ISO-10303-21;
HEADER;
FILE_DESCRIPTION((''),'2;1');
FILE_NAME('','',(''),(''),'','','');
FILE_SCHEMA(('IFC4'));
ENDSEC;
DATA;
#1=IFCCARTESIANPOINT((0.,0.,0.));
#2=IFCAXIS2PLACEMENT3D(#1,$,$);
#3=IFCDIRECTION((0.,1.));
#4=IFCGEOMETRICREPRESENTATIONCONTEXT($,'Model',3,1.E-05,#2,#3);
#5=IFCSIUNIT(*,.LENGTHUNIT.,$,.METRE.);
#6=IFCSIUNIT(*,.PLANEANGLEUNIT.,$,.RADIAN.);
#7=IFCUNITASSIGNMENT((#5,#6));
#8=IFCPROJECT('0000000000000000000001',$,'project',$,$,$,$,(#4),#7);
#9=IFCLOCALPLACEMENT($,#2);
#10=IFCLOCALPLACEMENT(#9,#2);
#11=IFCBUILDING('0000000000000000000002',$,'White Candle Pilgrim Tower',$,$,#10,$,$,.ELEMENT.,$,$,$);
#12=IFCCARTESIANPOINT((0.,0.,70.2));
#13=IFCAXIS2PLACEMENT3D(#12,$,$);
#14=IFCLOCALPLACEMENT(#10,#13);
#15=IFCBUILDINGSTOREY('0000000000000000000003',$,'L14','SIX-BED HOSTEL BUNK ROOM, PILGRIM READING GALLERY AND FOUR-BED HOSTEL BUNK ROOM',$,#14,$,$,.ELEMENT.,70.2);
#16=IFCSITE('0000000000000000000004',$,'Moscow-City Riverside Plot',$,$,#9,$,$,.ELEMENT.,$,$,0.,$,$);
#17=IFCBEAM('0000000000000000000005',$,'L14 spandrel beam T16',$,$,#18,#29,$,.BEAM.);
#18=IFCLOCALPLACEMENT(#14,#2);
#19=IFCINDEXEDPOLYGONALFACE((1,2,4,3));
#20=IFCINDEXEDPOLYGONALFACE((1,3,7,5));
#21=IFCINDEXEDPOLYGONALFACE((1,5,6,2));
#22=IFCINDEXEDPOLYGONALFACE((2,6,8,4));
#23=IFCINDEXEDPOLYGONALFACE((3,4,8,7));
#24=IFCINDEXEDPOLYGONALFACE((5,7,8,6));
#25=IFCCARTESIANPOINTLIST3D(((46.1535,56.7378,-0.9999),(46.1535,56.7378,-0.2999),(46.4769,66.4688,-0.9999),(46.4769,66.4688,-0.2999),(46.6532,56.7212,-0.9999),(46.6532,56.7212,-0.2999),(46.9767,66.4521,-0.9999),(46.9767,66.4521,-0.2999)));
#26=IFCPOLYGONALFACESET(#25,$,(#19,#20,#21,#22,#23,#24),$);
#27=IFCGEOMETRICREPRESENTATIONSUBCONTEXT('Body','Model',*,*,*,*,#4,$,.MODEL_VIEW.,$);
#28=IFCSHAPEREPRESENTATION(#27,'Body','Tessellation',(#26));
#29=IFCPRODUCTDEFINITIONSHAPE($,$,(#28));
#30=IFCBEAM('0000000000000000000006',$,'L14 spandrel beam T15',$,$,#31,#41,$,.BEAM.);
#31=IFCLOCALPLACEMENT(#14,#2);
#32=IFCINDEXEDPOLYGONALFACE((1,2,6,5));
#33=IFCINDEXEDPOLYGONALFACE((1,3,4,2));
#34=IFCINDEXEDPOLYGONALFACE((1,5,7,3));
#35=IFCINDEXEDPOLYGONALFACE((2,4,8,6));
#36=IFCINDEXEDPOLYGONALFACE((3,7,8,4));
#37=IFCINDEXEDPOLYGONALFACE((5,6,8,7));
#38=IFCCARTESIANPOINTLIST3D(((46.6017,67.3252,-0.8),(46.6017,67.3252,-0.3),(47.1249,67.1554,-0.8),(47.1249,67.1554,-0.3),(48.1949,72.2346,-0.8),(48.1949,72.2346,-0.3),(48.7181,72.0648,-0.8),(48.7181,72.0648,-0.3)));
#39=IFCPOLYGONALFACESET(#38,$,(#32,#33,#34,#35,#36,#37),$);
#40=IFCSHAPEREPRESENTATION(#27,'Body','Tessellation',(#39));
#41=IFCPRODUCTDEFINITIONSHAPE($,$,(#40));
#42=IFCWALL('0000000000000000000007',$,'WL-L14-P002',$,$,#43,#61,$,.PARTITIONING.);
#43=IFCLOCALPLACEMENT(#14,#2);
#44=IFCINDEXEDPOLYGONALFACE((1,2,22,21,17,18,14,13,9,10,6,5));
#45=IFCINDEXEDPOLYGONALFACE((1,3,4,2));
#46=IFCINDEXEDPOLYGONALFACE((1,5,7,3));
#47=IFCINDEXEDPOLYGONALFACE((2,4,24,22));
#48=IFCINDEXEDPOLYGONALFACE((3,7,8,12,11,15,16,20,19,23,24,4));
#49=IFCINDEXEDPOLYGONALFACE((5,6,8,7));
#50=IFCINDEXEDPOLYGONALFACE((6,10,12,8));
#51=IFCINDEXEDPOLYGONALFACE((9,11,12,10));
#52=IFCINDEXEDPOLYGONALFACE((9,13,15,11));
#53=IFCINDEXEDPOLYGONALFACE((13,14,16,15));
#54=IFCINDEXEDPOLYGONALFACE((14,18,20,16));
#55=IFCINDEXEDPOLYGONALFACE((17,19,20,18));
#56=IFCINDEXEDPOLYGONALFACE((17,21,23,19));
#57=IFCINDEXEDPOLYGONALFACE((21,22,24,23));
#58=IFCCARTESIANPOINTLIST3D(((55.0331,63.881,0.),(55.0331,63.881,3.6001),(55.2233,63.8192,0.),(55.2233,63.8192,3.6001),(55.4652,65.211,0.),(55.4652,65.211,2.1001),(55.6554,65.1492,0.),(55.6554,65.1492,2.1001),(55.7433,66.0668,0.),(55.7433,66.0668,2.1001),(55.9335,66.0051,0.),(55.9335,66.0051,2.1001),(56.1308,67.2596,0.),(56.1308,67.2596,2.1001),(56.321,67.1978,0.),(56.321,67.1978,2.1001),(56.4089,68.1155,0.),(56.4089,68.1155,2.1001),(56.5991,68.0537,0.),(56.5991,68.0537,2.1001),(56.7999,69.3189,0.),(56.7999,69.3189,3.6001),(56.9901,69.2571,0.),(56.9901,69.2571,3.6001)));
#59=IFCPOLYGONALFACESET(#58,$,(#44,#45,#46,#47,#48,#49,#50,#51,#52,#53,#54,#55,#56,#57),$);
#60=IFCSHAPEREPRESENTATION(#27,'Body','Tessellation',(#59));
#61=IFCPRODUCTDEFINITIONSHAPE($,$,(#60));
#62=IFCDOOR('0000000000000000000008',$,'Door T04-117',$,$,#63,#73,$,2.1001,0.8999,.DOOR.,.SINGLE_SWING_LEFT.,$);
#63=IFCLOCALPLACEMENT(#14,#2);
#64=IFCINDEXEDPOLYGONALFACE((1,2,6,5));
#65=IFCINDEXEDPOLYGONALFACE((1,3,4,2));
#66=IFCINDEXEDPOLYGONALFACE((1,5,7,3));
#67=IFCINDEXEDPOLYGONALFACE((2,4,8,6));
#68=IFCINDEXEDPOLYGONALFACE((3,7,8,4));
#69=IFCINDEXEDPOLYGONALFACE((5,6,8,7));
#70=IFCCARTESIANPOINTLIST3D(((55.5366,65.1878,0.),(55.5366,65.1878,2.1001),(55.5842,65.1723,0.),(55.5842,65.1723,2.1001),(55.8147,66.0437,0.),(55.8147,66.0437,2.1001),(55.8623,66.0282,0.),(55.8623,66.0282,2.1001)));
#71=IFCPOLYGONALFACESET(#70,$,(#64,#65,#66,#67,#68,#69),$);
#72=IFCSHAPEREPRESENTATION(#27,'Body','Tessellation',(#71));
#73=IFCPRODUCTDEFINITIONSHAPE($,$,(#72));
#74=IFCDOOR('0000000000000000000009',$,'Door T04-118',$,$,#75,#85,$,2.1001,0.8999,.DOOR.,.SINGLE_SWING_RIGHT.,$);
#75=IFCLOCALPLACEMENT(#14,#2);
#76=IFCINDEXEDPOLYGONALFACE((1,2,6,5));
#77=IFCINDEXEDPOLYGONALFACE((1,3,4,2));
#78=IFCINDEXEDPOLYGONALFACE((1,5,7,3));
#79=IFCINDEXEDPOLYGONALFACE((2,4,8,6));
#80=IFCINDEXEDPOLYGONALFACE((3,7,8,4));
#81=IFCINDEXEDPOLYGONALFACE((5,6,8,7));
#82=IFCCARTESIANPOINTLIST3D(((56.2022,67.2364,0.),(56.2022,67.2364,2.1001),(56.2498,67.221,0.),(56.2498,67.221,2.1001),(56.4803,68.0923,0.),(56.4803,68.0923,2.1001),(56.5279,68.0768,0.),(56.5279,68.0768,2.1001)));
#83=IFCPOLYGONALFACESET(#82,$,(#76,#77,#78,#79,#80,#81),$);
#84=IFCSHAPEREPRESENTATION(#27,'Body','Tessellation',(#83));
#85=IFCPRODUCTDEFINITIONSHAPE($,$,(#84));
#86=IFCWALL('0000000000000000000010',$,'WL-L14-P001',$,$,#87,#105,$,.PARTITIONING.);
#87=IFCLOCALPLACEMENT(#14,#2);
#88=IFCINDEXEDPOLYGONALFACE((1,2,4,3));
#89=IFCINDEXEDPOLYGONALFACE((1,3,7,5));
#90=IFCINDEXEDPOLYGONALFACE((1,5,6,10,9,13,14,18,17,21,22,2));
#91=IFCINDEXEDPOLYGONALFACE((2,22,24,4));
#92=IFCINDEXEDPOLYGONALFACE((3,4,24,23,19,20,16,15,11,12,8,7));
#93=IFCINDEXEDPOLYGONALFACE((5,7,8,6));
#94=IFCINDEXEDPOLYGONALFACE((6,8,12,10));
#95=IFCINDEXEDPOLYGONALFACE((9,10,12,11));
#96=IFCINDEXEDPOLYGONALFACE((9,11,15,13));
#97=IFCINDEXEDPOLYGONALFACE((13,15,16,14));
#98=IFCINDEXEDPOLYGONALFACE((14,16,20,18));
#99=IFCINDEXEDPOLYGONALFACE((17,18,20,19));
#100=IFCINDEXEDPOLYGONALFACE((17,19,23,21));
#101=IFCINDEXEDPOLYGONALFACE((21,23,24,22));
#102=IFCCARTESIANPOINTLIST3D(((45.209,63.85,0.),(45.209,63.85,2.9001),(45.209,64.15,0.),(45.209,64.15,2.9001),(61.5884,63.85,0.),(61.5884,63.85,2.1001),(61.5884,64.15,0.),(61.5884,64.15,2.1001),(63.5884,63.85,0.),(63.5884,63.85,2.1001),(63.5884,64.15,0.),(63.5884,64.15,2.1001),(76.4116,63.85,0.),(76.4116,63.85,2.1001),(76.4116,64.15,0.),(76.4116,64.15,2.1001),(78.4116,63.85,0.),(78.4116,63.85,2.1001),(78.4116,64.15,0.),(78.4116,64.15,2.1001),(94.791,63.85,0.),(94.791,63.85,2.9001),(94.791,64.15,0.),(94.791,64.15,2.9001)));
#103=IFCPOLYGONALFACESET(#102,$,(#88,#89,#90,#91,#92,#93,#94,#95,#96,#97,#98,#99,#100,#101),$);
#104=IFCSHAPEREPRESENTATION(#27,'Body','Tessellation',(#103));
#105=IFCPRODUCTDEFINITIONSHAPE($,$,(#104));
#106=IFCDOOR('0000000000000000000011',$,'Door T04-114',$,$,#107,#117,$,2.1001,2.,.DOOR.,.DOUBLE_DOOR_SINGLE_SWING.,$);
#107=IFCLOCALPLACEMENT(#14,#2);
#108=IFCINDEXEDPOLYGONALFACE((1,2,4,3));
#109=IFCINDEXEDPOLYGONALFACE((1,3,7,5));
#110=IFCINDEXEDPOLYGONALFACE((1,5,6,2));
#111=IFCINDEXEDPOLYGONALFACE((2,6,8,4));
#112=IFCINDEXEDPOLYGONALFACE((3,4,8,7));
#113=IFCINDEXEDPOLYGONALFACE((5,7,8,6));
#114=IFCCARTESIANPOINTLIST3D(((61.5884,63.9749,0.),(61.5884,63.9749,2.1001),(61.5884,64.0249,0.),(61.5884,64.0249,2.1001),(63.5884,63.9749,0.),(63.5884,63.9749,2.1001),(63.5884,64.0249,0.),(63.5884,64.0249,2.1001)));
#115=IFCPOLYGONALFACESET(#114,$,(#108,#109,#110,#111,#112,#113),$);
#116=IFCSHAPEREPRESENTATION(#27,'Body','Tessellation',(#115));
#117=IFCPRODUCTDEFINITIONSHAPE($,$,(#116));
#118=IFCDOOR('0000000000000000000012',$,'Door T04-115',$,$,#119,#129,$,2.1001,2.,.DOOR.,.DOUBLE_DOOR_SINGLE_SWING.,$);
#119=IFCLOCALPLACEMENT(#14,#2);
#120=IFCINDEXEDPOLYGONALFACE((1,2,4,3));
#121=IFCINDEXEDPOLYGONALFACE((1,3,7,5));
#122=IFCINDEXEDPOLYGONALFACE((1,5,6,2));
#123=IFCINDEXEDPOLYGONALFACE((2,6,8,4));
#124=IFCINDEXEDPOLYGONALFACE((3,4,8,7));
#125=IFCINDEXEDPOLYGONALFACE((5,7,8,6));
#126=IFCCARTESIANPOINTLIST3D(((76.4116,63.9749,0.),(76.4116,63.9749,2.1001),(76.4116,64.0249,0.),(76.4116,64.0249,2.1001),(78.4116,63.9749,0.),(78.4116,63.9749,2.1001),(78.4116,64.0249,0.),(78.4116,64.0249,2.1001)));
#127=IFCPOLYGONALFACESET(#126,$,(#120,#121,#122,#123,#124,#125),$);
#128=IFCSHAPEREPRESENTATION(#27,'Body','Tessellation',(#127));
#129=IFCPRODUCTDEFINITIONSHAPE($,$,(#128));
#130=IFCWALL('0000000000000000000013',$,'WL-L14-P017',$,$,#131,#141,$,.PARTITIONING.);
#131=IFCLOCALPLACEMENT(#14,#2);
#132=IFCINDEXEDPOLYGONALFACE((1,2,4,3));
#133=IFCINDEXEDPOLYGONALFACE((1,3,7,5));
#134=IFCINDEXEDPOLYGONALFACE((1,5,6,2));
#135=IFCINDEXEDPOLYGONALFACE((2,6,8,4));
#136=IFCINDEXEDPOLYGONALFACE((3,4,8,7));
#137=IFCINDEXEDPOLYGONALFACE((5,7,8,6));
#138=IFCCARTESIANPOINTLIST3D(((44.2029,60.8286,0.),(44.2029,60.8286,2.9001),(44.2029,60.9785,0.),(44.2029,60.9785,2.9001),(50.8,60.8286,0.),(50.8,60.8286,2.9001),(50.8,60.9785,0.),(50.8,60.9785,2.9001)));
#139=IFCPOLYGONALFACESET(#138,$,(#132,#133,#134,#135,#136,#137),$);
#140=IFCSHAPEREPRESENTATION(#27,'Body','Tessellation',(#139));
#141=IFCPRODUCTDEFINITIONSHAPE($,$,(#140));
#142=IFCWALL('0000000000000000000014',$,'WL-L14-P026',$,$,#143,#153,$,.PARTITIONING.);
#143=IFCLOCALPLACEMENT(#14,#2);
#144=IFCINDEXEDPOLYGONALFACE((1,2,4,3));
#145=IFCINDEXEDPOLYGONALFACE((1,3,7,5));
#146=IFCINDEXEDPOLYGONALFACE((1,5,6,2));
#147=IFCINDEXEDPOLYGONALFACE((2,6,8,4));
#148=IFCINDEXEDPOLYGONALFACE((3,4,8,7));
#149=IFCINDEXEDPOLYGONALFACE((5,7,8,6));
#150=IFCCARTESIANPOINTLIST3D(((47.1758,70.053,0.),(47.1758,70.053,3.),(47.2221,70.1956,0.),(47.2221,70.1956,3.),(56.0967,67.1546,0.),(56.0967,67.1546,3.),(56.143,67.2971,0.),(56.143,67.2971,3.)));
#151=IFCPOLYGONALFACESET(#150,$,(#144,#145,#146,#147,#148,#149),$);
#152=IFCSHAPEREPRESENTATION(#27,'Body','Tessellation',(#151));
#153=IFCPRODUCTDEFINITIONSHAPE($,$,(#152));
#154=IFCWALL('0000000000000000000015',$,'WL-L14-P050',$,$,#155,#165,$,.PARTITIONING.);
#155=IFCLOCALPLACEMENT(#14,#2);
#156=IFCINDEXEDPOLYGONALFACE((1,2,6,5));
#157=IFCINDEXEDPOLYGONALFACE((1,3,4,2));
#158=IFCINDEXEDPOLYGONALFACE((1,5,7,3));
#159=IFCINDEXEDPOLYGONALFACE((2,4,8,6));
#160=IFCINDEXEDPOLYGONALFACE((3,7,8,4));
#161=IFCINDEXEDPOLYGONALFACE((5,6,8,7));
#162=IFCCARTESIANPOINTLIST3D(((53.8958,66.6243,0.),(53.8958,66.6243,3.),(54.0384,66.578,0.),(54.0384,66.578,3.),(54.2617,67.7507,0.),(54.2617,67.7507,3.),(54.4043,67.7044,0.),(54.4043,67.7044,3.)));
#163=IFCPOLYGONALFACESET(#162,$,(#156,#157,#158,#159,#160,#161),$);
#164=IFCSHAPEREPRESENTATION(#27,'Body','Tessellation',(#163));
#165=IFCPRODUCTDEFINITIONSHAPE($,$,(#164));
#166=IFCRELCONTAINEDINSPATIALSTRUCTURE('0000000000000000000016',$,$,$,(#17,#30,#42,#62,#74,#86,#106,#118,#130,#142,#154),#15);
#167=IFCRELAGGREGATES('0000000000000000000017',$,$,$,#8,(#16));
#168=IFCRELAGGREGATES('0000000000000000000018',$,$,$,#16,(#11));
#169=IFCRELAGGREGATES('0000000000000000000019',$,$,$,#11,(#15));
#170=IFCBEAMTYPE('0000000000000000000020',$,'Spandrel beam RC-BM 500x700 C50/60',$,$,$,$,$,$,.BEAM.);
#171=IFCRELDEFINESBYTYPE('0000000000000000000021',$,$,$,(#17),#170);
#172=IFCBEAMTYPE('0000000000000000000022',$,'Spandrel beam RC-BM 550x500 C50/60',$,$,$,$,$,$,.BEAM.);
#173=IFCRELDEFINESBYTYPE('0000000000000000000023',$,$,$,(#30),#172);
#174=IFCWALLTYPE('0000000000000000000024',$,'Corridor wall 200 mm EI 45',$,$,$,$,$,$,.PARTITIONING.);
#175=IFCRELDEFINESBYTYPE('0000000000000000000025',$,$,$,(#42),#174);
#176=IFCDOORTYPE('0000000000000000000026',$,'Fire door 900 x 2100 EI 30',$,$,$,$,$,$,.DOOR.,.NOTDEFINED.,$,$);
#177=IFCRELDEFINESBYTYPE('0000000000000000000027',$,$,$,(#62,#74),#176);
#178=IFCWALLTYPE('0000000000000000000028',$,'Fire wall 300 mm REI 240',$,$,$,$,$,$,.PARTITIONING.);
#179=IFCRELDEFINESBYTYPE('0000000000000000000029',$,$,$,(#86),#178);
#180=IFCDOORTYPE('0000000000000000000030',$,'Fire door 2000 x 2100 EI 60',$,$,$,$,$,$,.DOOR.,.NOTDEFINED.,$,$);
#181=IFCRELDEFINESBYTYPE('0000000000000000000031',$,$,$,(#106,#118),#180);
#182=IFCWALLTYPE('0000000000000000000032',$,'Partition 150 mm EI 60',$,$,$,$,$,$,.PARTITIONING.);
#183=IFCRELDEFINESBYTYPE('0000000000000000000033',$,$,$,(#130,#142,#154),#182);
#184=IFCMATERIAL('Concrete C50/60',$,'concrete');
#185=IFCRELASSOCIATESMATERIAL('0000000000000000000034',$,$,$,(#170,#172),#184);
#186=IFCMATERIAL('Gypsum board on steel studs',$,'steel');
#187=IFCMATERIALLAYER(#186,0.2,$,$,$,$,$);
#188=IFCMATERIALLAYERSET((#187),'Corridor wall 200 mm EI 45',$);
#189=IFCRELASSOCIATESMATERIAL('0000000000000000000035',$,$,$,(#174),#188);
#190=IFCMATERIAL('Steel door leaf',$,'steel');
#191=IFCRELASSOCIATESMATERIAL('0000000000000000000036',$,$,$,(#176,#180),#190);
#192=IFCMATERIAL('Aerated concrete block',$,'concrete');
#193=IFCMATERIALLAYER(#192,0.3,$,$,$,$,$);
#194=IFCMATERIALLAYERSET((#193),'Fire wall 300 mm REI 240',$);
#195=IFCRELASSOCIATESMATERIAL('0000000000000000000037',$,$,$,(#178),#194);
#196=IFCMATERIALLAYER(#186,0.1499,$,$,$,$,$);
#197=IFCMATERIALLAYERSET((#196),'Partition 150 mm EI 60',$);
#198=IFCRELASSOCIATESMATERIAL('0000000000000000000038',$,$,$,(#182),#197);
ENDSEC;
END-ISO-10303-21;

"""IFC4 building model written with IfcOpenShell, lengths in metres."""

from ifc_helpers import new_model, si_unit, direction, frame, frame_2d, origin, origin_2d, place, context, subcontext, project, spatial, rectangle, extrude, material, layer, layer_set, material_profile, profile_set, type_object, element, fill, save


model = new_model("IFC4")

# Units and contexts
model_context = context("Model", 3, precision=1e-05, world=origin(), true_north=direction((0.0, 1.0)))
body_context = subcontext(model_context, "Body", "Model", "MODEL_VIEW")
ifc_project = project(units=[si_unit("LENGTHUNIT", "METRE"), si_unit("PLANEANGLEUNIT", "RADIAN")], contexts=[model_context])

# Site, building, storey
site_placement = place(None, origin())
site = spatial("IfcSite", under=ifc_project, at=site_placement, Name="Moscow-City Riverside Plot", CompositionType="ELEMENT", RefElevation=0.0)
building_placement = place(site_placement, origin())
building = spatial("IfcBuilding", under=site, at=building_placement, Name="White Candle Pilgrim Tower", CompositionType="ELEMENT")
storey_placement = place(building_placement, frame((0.0, 0.0, 70.2)))
storey = spatial("IfcBuildingStorey", under=building, at=storey_placement, Name="L14", Description="SIX-BED HOSTEL BUNK ROOM, PILGRIM READING GALLERY AND FOUR-BED HOSTEL BUNK ROOM", CompositionType="ELEMENT", Elevation=70.2)

# Beams
ifc_material_1 = material(Name="Concrete C50/60", Category="concrete")
ifc_material_profile_1 = material_profile(ifc_material_1, rectangle(XDim=0.5, YDim=0.7, at=origin_2d()), Name="RC-BM 500x700")
ifc_profile_set_1 = profile_set([ifc_material_profile_1], Name="Concrete C50/60")
beam_type_1 = type_object("IfcBeamType", Name="Spandrel beam RC-BM 500x700 C50/60", PredefinedType="BEAM", material=ifc_profile_set_1)
beam_1_placement = place(storey_placement, frame((46.7268, 66.4604, -0.6499), z_axis=(-0.033225, -0.999448, 0.0), x_axis=(0.999448, -0.033225, 0.0)))
element("IfcBeam", 1, at=beam_1_placement, inside=storey, type_object=beam_type_1, Name="L14 spandrel beam T16", PredefinedType="BEAM", context=body_context, shape_type="SweptSolid", body=[
    extrude(rectangle(XDim=0.5, YDim=0.7, at=origin_2d()), origin(), (0.0, 0.0, 1.0), 9.7363),
])
ifc_material_profile_2 = material_profile(ifc_material_1, rectangle(XDim=0.55, YDim=0.5, at=origin_2d()), Name="RC-BM 550x500")
ifc_profile_set_2 = profile_set([ifc_material_profile_2], Name="Concrete C50/60")
beam_type_2 = type_object("IfcBeamType", Name="Spandrel beam RC-BM 550x500 C50/60", PredefinedType="BEAM", material=ifc_profile_set_2)
beam_2_placement = place(storey_placement, frame((48.4565, 72.1497, -0.55), z_axis=(-0.308683, -0.951165, 0.0), x_axis=(0.951165, -0.308683, 0.0)))
element("IfcBeam", 2, at=beam_2_placement, inside=storey, type_object=beam_type_2, Name="L14 spandrel beam T15", PredefinedType="BEAM", context=body_context, shape_type="SweptSolid", body=[
    extrude(rectangle(XDim=0.55, YDim=0.5, at=origin_2d()), origin(), (0.0, 0.0, 1.0), 5.1614),
])

# Walls, openings, doors
ifc_material_2 = material(Name="Gypsum board on steel studs", Category="steel")
ifc_layer_1 = layer(ifc_material_2, 0.2)
ifc_layer_set_1 = layer_set([ifc_layer_1], Name="Corridor wall 200 mm EI 45")
wall_type_1 = type_object("IfcWallType", Name="Corridor wall 200 mm EI 45", PredefinedType="PARTITIONING", material=ifc_layer_set_1)
wall_1_placement = place(storey_placement, frame((55.1282, 63.8501, 0.0), z_axis=(0.0, 0.0, 1.0), x_axis=(0.309007, 0.95106, 0.0)))
wall_1 = element("IfcWall", 3, at=wall_1_placement, inside=storey, type_object=wall_type_1, Name="WL-L14-P002", PredefinedType="PARTITIONING", context=body_context, shape_type="SweptSolid", body=[
    extrude(rectangle(XDim=5.7178, YDim=0.2, at=frame_2d((2.8589, 0.0))), origin(), (0.0, 0.0, 1.0), 3.6001),
])
opening_1_placement = place(wall_1_placement, frame((1.3984, 0.0, 0.0)))
opening_1 = element("IfcOpeningElement", 4, at=opening_1_placement, cuts=wall_1, PredefinedType="OPENING", context=body_context, shape_type="SweptSolid", body=[
    extrude(rectangle(XDim=0.8999, YDim=2.1001, at=frame_2d((0.45, 1.05))), frame((0.0, 0.1099, 0.0), z_axis=(0.0, -1.0, 0.0), x_axis=(1.0, 0.0, 0.0)), (0.0, 0.0, 1.0), 0.22),
])
opening_2_placement = place(wall_1_placement, frame((3.5525, 0.0, 0.0)))
opening_2 = element("IfcOpeningElement", 5, at=opening_2_placement, cuts=wall_1, PredefinedType="OPENING", context=body_context, shape_type="SweptSolid", body=[
    extrude(rectangle(XDim=0.8999, YDim=2.1001, at=frame_2d((0.45, 1.05))), frame((0.0, 0.1099, 0.0), z_axis=(0.0, -1.0, 0.0), x_axis=(1.0, 0.0, 0.0)), (0.0, 0.0, 1.0), 0.22),
])
ifc_material_3 = material(Name="Steel door leaf", Category="steel")
door_type_1 = type_object("IfcDoorType", Name="Fire door 900 x 2100 EI 30", OperationType="NOTDEFINED", PredefinedType="DOOR", material=ifc_material_3)
door_1_placement = place(opening_1_placement, origin())
door_1 = element("IfcDoor", 6, at=door_1_placement, inside=storey, type_object=door_type_1, Name="Door T04-117", OperationType="SINGLE_SWING_LEFT", OverallHeight=2.1001, OverallWidth=0.8999, PredefinedType="DOOR", context=body_context, shape_type="SweptSolid", body=[
    extrude(rectangle(XDim=0.8999, YDim=2.1001, at=frame_2d((0.45, 1.05))), frame((0.0, 0.0249, 0.0), z_axis=(0.0, -1.0, 0.0), x_axis=(1.0, 0.0, 0.0)), (0.0, 0.0, 1.0), 0.05),
])
fill(opening_1, door_1)
door_2_placement = place(opening_2_placement, origin())
door_2 = element("IfcDoor", 7, at=door_2_placement, inside=storey, type_object=door_type_1, Name="Door T04-118", OperationType="SINGLE_SWING_RIGHT", OverallHeight=2.1001, OverallWidth=0.8999, PredefinedType="DOOR", context=body_context, shape_type="SweptSolid", body=[
    extrude(rectangle(XDim=0.8999, YDim=2.1001, at=frame_2d((0.45, 1.05))), frame((0.0, 0.0249, 0.0), z_axis=(0.0, -1.0, 0.0), x_axis=(1.0, 0.0, 0.0)), (0.0, 0.0, 1.0), 0.05),
])
fill(opening_2, door_2)
ifc_material_4 = material(Name="Aerated concrete block", Category="concrete")
ifc_layer_2 = layer(ifc_material_4, 0.3)
ifc_layer_set_2 = layer_set([ifc_layer_2], Name="Fire wall 300 mm REI 240")
wall_type_2 = type_object("IfcWallType", Name="Fire wall 300 mm REI 240", PredefinedType="PARTITIONING", material=ifc_layer_set_2)
wall_2_placement = place(storey_placement, frame((45.209, 64.0, 0.0), z_axis=(0.0, 0.0, 1.0), x_axis=(1.0, 0.0, 0.0)))
wall_2 = element("IfcWall", 8, at=wall_2_placement, inside=storey, type_object=wall_type_2, Name="WL-L14-P001", PredefinedType="PARTITIONING", context=body_context, shape_type="SweptSolid", body=[
    extrude(rectangle(XDim=49.582, YDim=0.3, at=frame_2d((24.791, 0.0))), origin(), (0.0, 0.0, 1.0), 2.9001),
])
opening_3_placement = place(wall_2_placement, frame((16.3794, 0.0, 0.0)))
opening_3 = element("IfcOpeningElement", 9, at=opening_3_placement, cuts=wall_2, PredefinedType="OPENING", context=body_context, shape_type="SweptSolid", body=[
    extrude(rectangle(XDim=2.0, YDim=2.1001, at=frame_2d((1.0, 1.05))), frame((0.0, 0.1599, 0.0), z_axis=(0.0, -1.0, 0.0), x_axis=(1.0, 0.0, 0.0)), (0.0, 0.0, 1.0), 0.3201),
])
opening_4_placement = place(wall_2_placement, frame((31.2026, 0.0, 0.0)))
opening_4 = element("IfcOpeningElement", 10, at=opening_4_placement, cuts=wall_2, PredefinedType="OPENING", context=body_context, shape_type="SweptSolid", body=[
    extrude(rectangle(XDim=2.0, YDim=2.1001, at=frame_2d((1.0, 1.05))), frame((0.0, 0.1599, 0.0), z_axis=(0.0, -1.0, 0.0), x_axis=(1.0, 0.0, 0.0)), (0.0, 0.0, 1.0), 0.3201),
])
door_type_2 = type_object("IfcDoorType", Name="Fire door 2000 x 2100 EI 60", OperationType="NOTDEFINED", PredefinedType="DOOR", material=ifc_material_3)
door_3_placement = place(opening_3_placement, origin())
door_3 = element("IfcDoor", 11, at=door_3_placement, inside=storey, type_object=door_type_2, Name="Door T04-114", OperationType="DOUBLE_DOOR_SINGLE_SWING", OverallHeight=2.1001, OverallWidth=2.0, PredefinedType="DOOR", context=body_context, shape_type="SweptSolid", body=[
    extrude(rectangle(XDim=2.0, YDim=2.1001, at=frame_2d((1.0, 1.05))), frame((0.0, 0.0249, 0.0), z_axis=(0.0, -1.0, 0.0), x_axis=(1.0, 0.0, 0.0)), (0.0, 0.0, 1.0), 0.05),
])
fill(opening_3, door_3)
door_4_placement = place(opening_4_placement, origin())
door_4 = element("IfcDoor", 12, at=door_4_placement, inside=storey, type_object=door_type_2, Name="Door T04-115", OperationType="DOUBLE_DOOR_SINGLE_SWING", OverallHeight=2.1001, OverallWidth=2.0, PredefinedType="DOOR", context=body_context, shape_type="SweptSolid", body=[
    extrude(rectangle(XDim=2.0, YDim=2.1001, at=frame_2d((1.0, 1.05))), frame((0.0, 0.0249, 0.0), z_axis=(0.0, -1.0, 0.0), x_axis=(1.0, 0.0, 0.0)), (0.0, 0.0, 1.0), 0.05),
])
fill(opening_4, door_4)

# Walls
ifc_layer_3 = layer(ifc_material_2, 0.1499)
ifc_layer_set_3 = layer_set([ifc_layer_3], Name="Partition 150 mm EI 60")
wall_type_3 = type_object("IfcWallType", Name="Partition 150 mm EI 60", PredefinedType="PARTITIONING", material=ifc_layer_set_3)
wall_3_placement = place(storey_placement, frame((44.2029, 60.9036, 0.0), z_axis=(0.0, 0.0, 1.0), x_axis=(1.0, 0.0, 0.0)))
element("IfcWall", 13, at=wall_3_placement, inside=storey, type_object=wall_type_3, Name="WL-L14-P017", PredefinedType="PARTITIONING", context=body_context, shape_type="SweptSolid", body=[
    extrude(rectangle(XDim=6.5972, YDim=0.1499, at=frame_2d((3.2986, 0.0))), origin(), (0.0, 0.0, 1.0), 2.9001),
])
wall_4_placement = place(storey_placement, frame((47.199, 70.1243, 0.0), z_axis=(0.0, 0.0, 1.0), x_axis=(0.951061, -0.309004, 0.0)))
element("IfcWall", 14, at=wall_4_placement, inside=storey, type_object=wall_type_3, Name="WL-L14-P026", PredefinedType="PARTITIONING", context=body_context, shape_type="SweptSolid", body=[
    extrude(rectangle(XDim=9.3799, YDim=0.1499, at=frame_2d((4.6899, 0.0))), origin(), (0.0, 0.0, 1.0), 3.0),
])
wall_5_placement = place(storey_placement, frame((53.967, 66.6011, 0.0), z_axis=(0.0, 0.0, 1.0), x_axis=(0.308984, 0.951067, 0.0)))
element("IfcWall", 15, at=wall_5_placement, inside=storey, type_object=wall_type_3, Name="WL-L14-P050", PredefinedType="PARTITIONING", context=body_context, shape_type="SweptSolid", body=[
    extrude(rectangle(XDim=1.1843, YDim=0.1499, at=frame_2d((0.5923, 0.0))), origin(), (0.0, 0.0, 1.0), 3.0),
])

save(model, "model.ifc")
